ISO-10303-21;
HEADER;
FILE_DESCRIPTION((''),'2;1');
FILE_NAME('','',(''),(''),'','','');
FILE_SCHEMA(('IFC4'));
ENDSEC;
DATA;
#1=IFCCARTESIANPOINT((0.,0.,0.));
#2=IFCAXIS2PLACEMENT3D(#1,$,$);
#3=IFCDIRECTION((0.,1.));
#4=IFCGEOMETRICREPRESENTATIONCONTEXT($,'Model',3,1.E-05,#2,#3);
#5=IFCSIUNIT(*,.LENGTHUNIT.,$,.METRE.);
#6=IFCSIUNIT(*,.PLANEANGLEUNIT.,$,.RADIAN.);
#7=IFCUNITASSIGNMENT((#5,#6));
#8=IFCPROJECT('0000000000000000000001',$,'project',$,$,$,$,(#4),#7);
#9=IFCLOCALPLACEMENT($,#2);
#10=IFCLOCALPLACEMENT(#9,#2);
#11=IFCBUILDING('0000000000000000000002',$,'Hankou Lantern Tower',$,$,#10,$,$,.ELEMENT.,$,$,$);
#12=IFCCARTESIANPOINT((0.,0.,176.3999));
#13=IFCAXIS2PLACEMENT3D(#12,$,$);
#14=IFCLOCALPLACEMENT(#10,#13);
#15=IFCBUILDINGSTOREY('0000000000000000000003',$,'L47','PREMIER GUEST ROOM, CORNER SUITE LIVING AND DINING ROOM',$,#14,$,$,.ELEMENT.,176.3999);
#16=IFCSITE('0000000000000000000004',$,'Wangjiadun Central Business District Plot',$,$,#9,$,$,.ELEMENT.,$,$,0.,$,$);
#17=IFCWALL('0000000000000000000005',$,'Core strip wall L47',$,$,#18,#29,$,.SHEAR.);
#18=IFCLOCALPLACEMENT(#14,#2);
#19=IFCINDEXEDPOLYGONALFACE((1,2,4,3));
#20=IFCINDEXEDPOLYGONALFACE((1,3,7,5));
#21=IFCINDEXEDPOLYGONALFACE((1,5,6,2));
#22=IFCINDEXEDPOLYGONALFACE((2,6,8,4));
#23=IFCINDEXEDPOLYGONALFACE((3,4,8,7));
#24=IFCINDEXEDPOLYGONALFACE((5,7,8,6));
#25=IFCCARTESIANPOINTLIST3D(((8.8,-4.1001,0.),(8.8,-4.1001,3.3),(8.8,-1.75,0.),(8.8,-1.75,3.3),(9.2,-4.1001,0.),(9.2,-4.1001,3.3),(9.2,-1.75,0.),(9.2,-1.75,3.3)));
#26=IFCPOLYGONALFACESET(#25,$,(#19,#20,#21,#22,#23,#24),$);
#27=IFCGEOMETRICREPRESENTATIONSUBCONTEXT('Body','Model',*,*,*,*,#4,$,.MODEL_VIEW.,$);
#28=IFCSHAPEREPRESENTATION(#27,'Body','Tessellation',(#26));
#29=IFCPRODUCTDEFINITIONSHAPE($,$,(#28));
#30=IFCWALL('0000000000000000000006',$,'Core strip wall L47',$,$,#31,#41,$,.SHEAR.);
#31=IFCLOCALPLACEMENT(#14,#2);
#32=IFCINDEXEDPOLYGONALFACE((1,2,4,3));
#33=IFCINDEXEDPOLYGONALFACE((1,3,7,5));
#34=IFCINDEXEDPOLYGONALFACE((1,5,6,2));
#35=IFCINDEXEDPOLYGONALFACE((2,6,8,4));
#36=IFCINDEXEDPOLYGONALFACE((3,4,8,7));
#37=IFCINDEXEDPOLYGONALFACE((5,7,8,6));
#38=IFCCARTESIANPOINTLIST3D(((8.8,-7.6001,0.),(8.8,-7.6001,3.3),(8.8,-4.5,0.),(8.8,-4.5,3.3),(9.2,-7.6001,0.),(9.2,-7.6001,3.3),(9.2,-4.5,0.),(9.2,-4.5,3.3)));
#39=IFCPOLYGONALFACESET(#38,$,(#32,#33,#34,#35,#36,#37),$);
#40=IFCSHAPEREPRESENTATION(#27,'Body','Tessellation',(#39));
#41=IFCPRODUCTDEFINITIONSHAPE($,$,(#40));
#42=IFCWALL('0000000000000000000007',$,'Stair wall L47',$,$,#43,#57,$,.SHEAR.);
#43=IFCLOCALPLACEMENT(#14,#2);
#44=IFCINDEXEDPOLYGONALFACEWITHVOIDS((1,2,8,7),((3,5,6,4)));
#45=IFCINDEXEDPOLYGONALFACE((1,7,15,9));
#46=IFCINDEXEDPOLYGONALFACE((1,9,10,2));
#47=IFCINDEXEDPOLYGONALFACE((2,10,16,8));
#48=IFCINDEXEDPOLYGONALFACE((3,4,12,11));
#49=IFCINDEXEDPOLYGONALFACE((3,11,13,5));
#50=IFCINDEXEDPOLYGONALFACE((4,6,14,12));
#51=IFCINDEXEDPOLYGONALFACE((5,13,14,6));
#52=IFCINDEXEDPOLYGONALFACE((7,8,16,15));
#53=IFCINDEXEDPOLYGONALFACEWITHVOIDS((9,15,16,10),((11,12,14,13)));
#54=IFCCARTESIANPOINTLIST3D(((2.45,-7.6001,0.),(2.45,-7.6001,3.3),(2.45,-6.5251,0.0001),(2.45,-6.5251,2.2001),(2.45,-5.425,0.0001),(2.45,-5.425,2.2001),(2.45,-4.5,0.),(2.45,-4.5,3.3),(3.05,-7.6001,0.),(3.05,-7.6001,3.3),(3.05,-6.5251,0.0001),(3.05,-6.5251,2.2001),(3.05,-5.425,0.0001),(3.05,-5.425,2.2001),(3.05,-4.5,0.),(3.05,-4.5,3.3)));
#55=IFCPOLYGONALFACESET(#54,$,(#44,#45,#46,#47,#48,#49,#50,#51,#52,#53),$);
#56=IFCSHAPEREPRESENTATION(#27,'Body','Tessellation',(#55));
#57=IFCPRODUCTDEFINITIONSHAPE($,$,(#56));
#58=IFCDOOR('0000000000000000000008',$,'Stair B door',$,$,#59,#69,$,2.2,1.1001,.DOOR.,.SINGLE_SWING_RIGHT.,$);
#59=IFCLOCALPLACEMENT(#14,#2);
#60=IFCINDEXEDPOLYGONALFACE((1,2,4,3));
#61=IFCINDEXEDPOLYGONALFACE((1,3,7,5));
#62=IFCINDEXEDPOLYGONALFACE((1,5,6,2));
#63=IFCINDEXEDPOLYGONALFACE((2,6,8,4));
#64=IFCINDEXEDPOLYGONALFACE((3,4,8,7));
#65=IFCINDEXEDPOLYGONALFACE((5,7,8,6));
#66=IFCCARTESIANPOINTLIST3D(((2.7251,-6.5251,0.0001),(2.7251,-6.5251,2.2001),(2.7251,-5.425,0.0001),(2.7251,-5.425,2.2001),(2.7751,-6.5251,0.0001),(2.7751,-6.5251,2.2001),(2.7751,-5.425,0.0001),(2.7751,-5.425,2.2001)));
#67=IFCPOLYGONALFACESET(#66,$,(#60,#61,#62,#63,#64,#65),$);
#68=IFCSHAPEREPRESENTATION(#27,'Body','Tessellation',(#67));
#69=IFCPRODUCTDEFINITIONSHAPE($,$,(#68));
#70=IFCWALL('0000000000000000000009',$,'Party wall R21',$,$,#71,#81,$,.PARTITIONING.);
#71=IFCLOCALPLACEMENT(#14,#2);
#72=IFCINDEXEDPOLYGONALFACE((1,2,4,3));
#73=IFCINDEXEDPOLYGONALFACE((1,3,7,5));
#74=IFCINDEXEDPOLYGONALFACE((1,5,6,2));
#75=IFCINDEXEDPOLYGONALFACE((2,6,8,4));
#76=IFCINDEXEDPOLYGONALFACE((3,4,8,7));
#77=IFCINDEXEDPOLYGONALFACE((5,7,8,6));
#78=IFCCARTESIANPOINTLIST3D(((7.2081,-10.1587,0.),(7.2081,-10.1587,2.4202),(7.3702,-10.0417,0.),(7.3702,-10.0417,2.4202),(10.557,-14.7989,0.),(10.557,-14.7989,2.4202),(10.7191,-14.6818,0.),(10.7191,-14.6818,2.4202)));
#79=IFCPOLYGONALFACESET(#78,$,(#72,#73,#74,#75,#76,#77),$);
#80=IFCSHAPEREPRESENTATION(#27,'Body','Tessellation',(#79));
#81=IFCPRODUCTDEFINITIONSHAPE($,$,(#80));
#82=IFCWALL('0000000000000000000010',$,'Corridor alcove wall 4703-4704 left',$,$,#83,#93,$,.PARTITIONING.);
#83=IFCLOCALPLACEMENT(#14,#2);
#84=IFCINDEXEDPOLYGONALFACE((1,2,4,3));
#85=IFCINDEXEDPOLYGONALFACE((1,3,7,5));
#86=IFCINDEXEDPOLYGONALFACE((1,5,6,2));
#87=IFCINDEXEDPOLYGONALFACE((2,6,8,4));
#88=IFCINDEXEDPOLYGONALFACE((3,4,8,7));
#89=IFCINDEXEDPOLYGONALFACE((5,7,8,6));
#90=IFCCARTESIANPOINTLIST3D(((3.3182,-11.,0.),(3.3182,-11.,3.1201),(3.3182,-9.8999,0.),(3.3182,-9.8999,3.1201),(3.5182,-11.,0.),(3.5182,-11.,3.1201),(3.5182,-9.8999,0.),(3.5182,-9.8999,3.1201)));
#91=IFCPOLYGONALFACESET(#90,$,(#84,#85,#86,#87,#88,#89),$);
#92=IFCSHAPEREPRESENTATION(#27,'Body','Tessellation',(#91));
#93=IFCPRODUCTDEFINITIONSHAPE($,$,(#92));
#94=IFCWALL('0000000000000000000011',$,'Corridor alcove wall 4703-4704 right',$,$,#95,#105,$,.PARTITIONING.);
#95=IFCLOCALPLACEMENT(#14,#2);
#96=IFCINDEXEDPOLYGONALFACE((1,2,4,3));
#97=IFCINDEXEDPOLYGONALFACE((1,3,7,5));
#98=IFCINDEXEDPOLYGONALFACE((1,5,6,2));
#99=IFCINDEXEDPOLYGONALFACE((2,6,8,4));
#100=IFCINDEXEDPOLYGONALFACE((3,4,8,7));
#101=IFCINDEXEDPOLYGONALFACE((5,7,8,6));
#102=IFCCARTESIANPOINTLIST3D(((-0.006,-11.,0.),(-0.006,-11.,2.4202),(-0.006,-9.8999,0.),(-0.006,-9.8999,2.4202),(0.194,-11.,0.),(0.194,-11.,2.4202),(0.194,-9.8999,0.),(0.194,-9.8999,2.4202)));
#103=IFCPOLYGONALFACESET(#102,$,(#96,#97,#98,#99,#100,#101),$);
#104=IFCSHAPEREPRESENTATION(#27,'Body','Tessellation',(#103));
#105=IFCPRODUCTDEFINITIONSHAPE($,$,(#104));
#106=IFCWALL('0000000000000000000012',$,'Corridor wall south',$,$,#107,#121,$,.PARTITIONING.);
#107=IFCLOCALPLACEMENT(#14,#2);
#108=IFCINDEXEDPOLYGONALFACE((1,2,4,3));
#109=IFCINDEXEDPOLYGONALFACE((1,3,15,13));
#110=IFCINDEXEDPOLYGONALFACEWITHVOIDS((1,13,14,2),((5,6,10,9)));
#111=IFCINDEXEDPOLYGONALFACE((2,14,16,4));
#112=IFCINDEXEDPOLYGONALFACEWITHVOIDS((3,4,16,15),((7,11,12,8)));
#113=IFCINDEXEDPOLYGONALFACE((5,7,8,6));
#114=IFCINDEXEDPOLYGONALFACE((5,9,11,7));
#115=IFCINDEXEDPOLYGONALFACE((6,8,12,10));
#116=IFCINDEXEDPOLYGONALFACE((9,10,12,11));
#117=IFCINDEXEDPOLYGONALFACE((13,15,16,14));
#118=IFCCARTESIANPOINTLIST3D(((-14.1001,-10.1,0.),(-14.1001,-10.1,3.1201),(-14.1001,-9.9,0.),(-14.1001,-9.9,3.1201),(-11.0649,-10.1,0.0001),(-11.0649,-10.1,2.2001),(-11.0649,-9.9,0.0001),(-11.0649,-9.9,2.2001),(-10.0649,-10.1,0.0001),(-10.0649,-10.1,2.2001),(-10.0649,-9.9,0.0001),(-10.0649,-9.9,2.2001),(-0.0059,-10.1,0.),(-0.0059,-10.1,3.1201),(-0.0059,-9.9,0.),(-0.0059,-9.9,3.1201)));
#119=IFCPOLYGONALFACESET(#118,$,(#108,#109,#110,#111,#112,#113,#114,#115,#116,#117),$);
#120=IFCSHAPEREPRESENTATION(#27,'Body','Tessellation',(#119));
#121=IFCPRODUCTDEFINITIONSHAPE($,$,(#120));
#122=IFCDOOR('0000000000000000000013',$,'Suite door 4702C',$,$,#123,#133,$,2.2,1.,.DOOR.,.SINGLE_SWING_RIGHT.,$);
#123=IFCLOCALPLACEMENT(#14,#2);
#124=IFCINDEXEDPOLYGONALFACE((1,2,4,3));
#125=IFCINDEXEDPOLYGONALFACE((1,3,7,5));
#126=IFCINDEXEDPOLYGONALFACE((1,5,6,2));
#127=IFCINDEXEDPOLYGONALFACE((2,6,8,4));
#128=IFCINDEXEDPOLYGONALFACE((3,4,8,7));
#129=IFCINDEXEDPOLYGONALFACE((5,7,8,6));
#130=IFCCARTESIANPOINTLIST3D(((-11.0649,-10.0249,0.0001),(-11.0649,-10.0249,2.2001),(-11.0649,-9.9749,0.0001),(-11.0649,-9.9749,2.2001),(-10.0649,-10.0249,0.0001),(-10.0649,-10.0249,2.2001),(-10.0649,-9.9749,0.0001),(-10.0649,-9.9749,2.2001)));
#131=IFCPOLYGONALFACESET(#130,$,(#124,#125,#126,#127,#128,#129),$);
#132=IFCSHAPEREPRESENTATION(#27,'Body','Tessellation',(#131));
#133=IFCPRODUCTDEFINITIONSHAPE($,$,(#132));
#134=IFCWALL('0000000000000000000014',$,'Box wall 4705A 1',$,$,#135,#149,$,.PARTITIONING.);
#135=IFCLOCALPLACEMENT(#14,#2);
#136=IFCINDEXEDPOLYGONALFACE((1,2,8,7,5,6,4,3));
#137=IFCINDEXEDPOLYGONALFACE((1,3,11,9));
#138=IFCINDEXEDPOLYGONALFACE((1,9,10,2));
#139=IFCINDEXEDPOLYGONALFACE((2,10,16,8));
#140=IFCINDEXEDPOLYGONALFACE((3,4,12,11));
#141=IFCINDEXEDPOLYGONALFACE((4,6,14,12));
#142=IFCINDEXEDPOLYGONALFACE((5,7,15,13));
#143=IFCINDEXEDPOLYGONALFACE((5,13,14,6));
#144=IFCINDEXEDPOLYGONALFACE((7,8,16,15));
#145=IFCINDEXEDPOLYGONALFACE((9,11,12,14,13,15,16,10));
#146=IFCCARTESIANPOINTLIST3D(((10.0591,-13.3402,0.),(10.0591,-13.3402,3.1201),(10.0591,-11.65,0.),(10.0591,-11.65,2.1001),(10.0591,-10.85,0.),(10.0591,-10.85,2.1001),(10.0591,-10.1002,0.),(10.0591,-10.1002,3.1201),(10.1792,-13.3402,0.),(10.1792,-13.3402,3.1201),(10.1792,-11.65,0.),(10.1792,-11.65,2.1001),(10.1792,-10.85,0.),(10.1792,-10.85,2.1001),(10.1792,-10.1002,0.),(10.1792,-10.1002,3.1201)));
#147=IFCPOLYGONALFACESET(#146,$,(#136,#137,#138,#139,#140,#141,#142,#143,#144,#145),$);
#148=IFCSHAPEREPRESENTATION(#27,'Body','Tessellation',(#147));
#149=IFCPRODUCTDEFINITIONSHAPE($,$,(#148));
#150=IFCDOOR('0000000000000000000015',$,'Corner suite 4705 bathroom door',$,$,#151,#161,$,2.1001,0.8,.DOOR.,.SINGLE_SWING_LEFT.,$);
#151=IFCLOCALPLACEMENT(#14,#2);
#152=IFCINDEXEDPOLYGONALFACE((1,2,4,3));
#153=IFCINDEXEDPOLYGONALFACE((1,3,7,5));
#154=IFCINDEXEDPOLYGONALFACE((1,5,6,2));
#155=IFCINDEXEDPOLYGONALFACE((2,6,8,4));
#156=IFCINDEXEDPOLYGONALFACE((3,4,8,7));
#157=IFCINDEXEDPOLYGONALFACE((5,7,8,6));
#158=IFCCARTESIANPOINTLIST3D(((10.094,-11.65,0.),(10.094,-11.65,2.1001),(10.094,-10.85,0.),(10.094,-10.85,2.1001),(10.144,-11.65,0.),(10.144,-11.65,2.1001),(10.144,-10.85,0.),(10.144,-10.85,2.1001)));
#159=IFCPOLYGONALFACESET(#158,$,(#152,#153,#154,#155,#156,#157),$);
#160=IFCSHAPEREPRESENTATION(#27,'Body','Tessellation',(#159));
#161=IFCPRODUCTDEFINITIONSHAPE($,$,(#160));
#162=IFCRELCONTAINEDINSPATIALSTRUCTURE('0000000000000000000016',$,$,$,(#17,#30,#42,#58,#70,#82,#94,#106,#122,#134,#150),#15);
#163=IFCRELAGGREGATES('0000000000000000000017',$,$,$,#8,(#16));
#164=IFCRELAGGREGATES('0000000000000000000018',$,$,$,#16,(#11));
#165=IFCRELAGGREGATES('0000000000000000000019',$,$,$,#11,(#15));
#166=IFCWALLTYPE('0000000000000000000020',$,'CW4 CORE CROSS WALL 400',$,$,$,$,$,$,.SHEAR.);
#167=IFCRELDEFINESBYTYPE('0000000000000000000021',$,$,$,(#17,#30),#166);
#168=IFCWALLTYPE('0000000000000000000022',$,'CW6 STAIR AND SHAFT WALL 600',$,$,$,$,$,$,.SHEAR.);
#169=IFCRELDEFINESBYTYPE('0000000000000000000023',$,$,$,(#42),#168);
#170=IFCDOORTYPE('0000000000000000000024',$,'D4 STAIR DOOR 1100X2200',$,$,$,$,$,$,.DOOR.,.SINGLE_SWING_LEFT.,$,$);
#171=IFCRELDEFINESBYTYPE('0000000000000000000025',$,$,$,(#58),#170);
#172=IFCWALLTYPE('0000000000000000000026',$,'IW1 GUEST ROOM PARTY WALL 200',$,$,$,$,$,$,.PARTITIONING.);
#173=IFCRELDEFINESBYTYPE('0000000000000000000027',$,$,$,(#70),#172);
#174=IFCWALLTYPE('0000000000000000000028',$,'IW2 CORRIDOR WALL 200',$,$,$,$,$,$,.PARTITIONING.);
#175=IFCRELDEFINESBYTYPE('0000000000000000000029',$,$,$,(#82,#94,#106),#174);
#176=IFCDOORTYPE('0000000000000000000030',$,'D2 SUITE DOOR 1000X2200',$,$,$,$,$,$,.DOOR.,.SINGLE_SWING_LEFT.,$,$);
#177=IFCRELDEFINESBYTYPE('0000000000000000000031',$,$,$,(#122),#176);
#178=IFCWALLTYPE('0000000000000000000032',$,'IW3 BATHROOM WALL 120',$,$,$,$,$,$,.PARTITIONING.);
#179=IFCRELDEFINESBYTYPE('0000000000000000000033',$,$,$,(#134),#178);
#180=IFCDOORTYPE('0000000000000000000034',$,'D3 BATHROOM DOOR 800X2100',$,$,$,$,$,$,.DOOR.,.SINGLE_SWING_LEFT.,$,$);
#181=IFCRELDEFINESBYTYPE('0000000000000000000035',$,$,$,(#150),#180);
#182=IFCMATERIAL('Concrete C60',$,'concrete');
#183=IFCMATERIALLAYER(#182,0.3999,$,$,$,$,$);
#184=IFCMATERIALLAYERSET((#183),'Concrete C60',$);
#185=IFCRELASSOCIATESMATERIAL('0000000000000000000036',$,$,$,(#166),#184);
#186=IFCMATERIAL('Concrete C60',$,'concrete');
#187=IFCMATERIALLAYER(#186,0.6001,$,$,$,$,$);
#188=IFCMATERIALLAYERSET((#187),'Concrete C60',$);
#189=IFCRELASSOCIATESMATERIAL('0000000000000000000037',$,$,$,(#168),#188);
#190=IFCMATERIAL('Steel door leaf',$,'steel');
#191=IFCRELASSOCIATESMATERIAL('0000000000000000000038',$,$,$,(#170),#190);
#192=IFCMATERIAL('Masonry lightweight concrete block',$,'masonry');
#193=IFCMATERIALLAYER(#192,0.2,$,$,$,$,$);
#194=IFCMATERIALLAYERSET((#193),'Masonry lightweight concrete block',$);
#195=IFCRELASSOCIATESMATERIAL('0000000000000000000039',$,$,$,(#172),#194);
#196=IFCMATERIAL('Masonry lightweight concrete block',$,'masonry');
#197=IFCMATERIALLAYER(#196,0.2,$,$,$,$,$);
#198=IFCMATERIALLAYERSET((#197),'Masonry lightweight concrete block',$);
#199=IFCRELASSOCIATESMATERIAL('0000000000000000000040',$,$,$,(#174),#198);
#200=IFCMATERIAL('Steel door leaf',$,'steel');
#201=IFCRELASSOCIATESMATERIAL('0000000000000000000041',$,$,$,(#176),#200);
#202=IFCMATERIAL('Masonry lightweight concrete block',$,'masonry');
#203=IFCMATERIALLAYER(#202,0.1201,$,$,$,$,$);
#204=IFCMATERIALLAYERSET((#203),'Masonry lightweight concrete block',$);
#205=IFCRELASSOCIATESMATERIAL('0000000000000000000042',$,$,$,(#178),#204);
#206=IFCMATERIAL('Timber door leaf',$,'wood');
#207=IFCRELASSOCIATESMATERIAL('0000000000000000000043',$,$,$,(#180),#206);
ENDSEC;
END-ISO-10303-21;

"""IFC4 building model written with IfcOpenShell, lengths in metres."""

from ifc_helpers import new_model, si_unit, direction, frame, frame_2d, origin, place, context, subcontext, project, spatial, rectangle, extrude, material, layer, layer_set, type_object, element, fill, save


model = new_model("IFC4")

# Units and contexts
model_context = context("Model", 3, precision=1e-05, world=origin(), true_north=direction((0.0, 1.0)))
body_context = subcontext(model_context, "Body", "Model", "MODEL_VIEW")
ifc_project = project(units=[si_unit("LENGTHUNIT", "METRE"), si_unit("PLANEANGLEUNIT", "RADIAN")], contexts=[model_context])

# Site, building, storey
site_placement = place(None, origin())
site = spatial("IfcSite", under=ifc_project, at=site_placement, Name="Wangjiadun Central Business District Plot", CompositionType="ELEMENT", RefElevation=0.0)
building_placement = place(site_placement, origin())
building = spatial("IfcBuilding", under=site, at=building_placement, Name="Hankou Lantern Tower", CompositionType="ELEMENT")
storey_placement = place(building_placement, frame((0.0, 0.0, 176.3999)))
storey = spatial("IfcBuildingStorey", under=building, at=storey_placement, Name="L47", Description="PREMIER GUEST ROOM, CORNER SUITE LIVING AND DINING ROOM", CompositionType="ELEMENT", Elevation=176.3999)

# Walls
ifc_material_1 = material(Name="Concrete C60", Category="concrete")
ifc_layer_1 = layer(ifc_material_1, 0.3999)
ifc_layer_set_1 = layer_set([ifc_layer_1], Name="Concrete C60")
wall_type_1 = type_object("IfcWallType", Name="CW4 CORE CROSS WALL 400", PredefinedType="SHEAR", material=ifc_layer_set_1)
wall_1_placement = place(storey_placement, frame((9.0, -4.1001, 0.0), z_axis=(0.0, 0.0, 1.0), x_axis=(0.0, 1.0, 0.0)))
element("IfcWall", 1, at=wall_1_placement, inside=storey, type_object=wall_type_1, Name="Core strip wall L47", PredefinedType="SHEAR", context=body_context, shape_type="SweptSolid", body=[
    extrude(rectangle(XDim=2.3501, YDim=0.3999, at=frame_2d((1.175, 0.0))), origin(), (0.0, 0.0, 1.0), 3.3),
])
wall_2_placement = place(storey_placement, frame((9.0, -7.6001, 0.0), z_axis=(0.0, 0.0, 1.0), x_axis=(0.0, 1.0, 0.0)))
element("IfcWall", 2, at=wall_2_placement, inside=storey, type_object=wall_type_1, Name="Core strip wall L47", PredefinedType="SHEAR", context=body_context, shape_type="SweptSolid", body=[
    extrude(rectangle(XDim=3.1001, YDim=0.3999, at=frame_2d((1.55, 0.0))), origin(), (0.0, 0.0, 1.0), 3.3),
])

# Wall, opening, door
ifc_material_2 = material(Name="Concrete C60", Category="concrete")
ifc_layer_2 = layer(ifc_material_2, 0.6001)
ifc_layer_set_2 = layer_set([ifc_layer_2], Name="Concrete C60")
wall_type_2 = type_object("IfcWallType", Name="CW6 STAIR AND SHAFT WALL 600", PredefinedType="SHEAR", material=ifc_layer_set_2)
wall_3_placement = place(storey_placement, frame((2.75, -7.6001, 0.0), z_axis=(0.0, 0.0, 1.0), x_axis=(0.0, 1.0, 0.0)))
wall_3 = element("IfcWall", 3, at=wall_3_placement, inside=storey, type_object=wall_type_2, Name="Stair wall L47", PredefinedType="SHEAR", context=body_context, shape_type="SweptSolid", body=[
    extrude(rectangle(XDim=3.1001, YDim=0.6001, at=frame_2d((1.55, 0.0))), origin(), (0.0, 0.0, 1.0), 3.3),
])
opening_1_placement = place(wall_3_placement, frame((1.075, 0.0, 0.0)))
opening_1 = element("IfcOpeningElement", 4, at=opening_1_placement, cuts=wall_3, PredefinedType="OPENING", context=body_context, shape_type="SweptSolid", body=[
    extrude(rectangle(XDim=1.1001, YDim=2.2, at=frame_2d((0.55, 1.1001))), frame((0.0, 0.3101, 0.0), z_axis=(0.0, -1.0, 0.0), x_axis=(1.0, 0.0, 0.0)), (0.0, 0.0, 1.0), 0.6201),
])
ifc_material_3 = material(Name="Steel door leaf", Category="steel")
door_type_1 = type_object("IfcDoorType", Name="D4 STAIR DOOR 1100X2200", OperationType="SINGLE_SWING_LEFT", PredefinedType="DOOR", material=ifc_material_3)
door_1_placement = place(opening_1_placement, origin())
door_1 = element("IfcDoor", 5, at=door_1_placement, inside=storey, type_object=door_type_1, Name="Stair B door", OperationType="SINGLE_SWING_RIGHT", OverallHeight=2.2, OverallWidth=1.1001, PredefinedType="DOOR", context=body_context, shape_type="SweptSolid", body=[
    extrude(rectangle(XDim=1.1001, YDim=2.2, at=frame_2d((0.55, 1.1001))), frame((0.0, 0.0249, 0.0), z_axis=(0.0, -1.0, 0.0), x_axis=(1.0, 0.0, 0.0)), (0.0, 0.0, 1.0), 0.05),
])
fill(opening_1, door_1)

# Walls
ifc_material_4 = material(Name="Masonry lightweight concrete block", Category="masonry")
ifc_layer_3 = layer(ifc_material_4, 0.2)
ifc_layer_set_3 = layer_set([ifc_layer_3], Name="Masonry lightweight concrete block")
wall_type_3 = type_object("IfcWallType", Name="IW1 GUEST ROOM PARTY WALL 200", PredefinedType="PARTITIONING", material=ifc_layer_set_3)
wall_4_placement = place(storey_placement, frame((7.2891, -10.1001, 0.0), z_axis=(0.0, 0.0, 1.0), x_axis=(0.585223, -0.810873, 0.0)))
element("IfcWall", 6, at=wall_4_placement, inside=storey, type_object=wall_type_3, Name="Party wall R21", PredefinedType="PARTITIONING", context=body_context, shape_type="SweptSolid", body=[
    extrude(rectangle(XDim=5.7224, YDim=0.2, at=frame_2d((2.8613, 0.0))), origin(), (0.0, 0.0, 1.0), 2.4202),
])
ifc_material_5 = material(Name="Masonry lightweight concrete block", Category="masonry")
ifc_layer_4 = layer(ifc_material_5, 0.2)
ifc_layer_set_4 = layer_set([ifc_layer_4], Name="Masonry lightweight concrete block")
wall_type_4 = type_object("IfcWallType", Name="IW2 CORRIDOR WALL 200", PredefinedType="PARTITIONING", material=ifc_layer_set_4)
wall_5_placement = place(storey_placement, frame((3.4182, -9.8999, 0.0), z_axis=(0.0, 0.0, 1.0), x_axis=(0.0, -1.0, 0.0)))
element("IfcWall", 7, at=wall_5_placement, inside=storey, type_object=wall_type_4, Name="Corridor alcove wall 4703-4704 left", PredefinedType="PARTITIONING", context=body_context, shape_type="SweptSolid", body=[
    extrude(rectangle(XDim=1.1001, YDim=0.2, at=frame_2d((0.55, 0.0))), origin(), (0.0, 0.0, 1.0), 3.1201),
])
wall_6_placement = place(storey_placement, frame((0.094, -9.8999, 0.0), z_axis=(0.0, 0.0, 1.0), x_axis=(0.0, -1.0, 0.0)))
element("IfcWall", 8, at=wall_6_placement, inside=storey, type_object=wall_type_4, Name="Corridor alcove wall 4703-4704 right", PredefinedType="PARTITIONING", context=body_context, shape_type="SweptSolid", body=[
    extrude(rectangle(XDim=1.1001, YDim=0.2, at=frame_2d((0.55, 0.0))), origin(), (0.0, 0.0, 1.0), 2.4202),
])

# Walls, openings, doors
wall_7_placement = place(storey_placement, frame((-0.0059, -10.0, 0.0), z_axis=(0.0, 0.0, 1.0), x_axis=(-1.0, 0.0, 0.0)))
wall_7 = element("IfcWall", 9, at=wall_7_placement, inside=storey, type_object=wall_type_4, Name="Corridor wall south", PredefinedType="PARTITIONING", context=body_context, shape_type="SweptSolid", body=[
    extrude(rectangle(XDim=14.0942, YDim=0.2, at=frame_2d((7.0471, 0.0))), origin(), (0.0, 0.0, 1.0), 3.1201),
])
opening_2_placement = place(wall_7_placement, frame((10.0591, 0.0, 0.0)))
opening_2 = element("IfcOpeningElement", 10, at=opening_2_placement, cuts=wall_7, PredefinedType="OPENING", context=body_context, shape_type="SweptSolid", body=[
    extrude(rectangle(XDim=1.0, YDim=2.2, at=frame_2d((0.5, 1.1001))), frame((0.0, 0.1099, 0.0), z_axis=(0.0, -1.0, 0.0), x_axis=(1.0, 0.0, 0.0)), (0.0, 0.0, 1.0), 0.22),
])
ifc_material_6 = material(Name="Steel door leaf", Category="steel")
door_type_2 = type_object("IfcDoorType", Name="D2 SUITE DOOR 1000X2200", OperationType="SINGLE_SWING_LEFT", PredefinedType="DOOR", material=ifc_material_6)
door_2_placement = place(opening_2_placement, origin())
door_2 = element("IfcDoor", 11, at=door_2_placement, inside=storey, type_object=door_type_2, Name="Suite door 4702C", OperationType="SINGLE_SWING_RIGHT", OverallHeight=2.2, OverallWidth=1.0, PredefinedType="DOOR", context=body_context, shape_type="SweptSolid", body=[
    extrude(rectangle(XDim=1.0, YDim=2.2, at=frame_2d((0.5, 1.1001))), frame((0.0, 0.0249, 0.0), z_axis=(0.0, -1.0, 0.0), x_axis=(1.0, 0.0, 0.0)), (0.0, 0.0, 1.0), 0.05),
])
fill(opening_2, door_2)
ifc_material_7 = material(Name="Masonry lightweight concrete block", Category="masonry")
ifc_layer_5 = layer(ifc_material_7, 0.1201)
ifc_layer_set_5 = layer_set([ifc_layer_5], Name="Masonry lightweight concrete block")
wall_type_5 = type_object("IfcWallType", Name="IW3 BATHROOM WALL 120", PredefinedType="PARTITIONING", material=ifc_layer_set_5)
wall_8_placement = place(storey_placement, frame((10.1191, -10.1001, 0.0), z_axis=(0.0, 0.0, 1.0), x_axis=(0.0, -1.0, 0.0)))
wall_8 = element("IfcWall", 12, at=wall_8_placement, inside=storey, type_object=wall_type_5, Name="Box wall 4705A 1", PredefinedType="PARTITIONING", context=body_context, shape_type="SweptSolid", body=[
    extrude(rectangle(XDim=3.24, YDim=0.1201, at=frame_2d((1.6201, 0.0))), origin(), (0.0, 0.0, 1.0), 3.1201),
])
opening_3_placement = place(wall_8_placement, frame((0.75, 0.0, 0.0)))
opening_3 = element("IfcOpeningElement", 13, at=opening_3_placement, cuts=wall_8, PredefinedType="OPENING", context=body_context, shape_type="SweptSolid", body=[
    extrude(rectangle(XDim=0.8, YDim=2.1001, at=frame_2d((0.3999, 1.05))), frame((0.0, 0.0701, 0.0), z_axis=(0.0, -1.0, 0.0), x_axis=(1.0, 0.0, 0.0)), (0.0, 0.0, 1.0), 0.1401),
])
ifc_material_8 = material(Name="Timber door leaf", Category="wood")
door_type_3 = type_object("IfcDoorType", Name="D3 BATHROOM DOOR 800X2100", OperationType="SINGLE_SWING_LEFT", PredefinedType="DOOR", material=ifc_material_8)
door_3_placement = place(opening_3_placement, origin())
door_3 = element("IfcDoor", 14, at=door_3_placement, inside=storey, type_object=door_type_3, Name="Corner suite 4705 bathroom door", OperationType="SINGLE_SWING_LEFT", OverallHeight=2.1001, OverallWidth=0.8, PredefinedType="DOOR", context=body_context, shape_type="SweptSolid", body=[
    extrude(rectangle(XDim=0.8, YDim=2.1001, at=frame_2d((0.3999, 1.05))), frame((0.0, 0.0249, 0.0), z_axis=(0.0, -1.0, 0.0), x_axis=(1.0, 0.0, 0.0)), (0.0, 0.0, 1.0), 0.05),
])
fill(opening_3, door_3)

save(model, "model.ifc")
